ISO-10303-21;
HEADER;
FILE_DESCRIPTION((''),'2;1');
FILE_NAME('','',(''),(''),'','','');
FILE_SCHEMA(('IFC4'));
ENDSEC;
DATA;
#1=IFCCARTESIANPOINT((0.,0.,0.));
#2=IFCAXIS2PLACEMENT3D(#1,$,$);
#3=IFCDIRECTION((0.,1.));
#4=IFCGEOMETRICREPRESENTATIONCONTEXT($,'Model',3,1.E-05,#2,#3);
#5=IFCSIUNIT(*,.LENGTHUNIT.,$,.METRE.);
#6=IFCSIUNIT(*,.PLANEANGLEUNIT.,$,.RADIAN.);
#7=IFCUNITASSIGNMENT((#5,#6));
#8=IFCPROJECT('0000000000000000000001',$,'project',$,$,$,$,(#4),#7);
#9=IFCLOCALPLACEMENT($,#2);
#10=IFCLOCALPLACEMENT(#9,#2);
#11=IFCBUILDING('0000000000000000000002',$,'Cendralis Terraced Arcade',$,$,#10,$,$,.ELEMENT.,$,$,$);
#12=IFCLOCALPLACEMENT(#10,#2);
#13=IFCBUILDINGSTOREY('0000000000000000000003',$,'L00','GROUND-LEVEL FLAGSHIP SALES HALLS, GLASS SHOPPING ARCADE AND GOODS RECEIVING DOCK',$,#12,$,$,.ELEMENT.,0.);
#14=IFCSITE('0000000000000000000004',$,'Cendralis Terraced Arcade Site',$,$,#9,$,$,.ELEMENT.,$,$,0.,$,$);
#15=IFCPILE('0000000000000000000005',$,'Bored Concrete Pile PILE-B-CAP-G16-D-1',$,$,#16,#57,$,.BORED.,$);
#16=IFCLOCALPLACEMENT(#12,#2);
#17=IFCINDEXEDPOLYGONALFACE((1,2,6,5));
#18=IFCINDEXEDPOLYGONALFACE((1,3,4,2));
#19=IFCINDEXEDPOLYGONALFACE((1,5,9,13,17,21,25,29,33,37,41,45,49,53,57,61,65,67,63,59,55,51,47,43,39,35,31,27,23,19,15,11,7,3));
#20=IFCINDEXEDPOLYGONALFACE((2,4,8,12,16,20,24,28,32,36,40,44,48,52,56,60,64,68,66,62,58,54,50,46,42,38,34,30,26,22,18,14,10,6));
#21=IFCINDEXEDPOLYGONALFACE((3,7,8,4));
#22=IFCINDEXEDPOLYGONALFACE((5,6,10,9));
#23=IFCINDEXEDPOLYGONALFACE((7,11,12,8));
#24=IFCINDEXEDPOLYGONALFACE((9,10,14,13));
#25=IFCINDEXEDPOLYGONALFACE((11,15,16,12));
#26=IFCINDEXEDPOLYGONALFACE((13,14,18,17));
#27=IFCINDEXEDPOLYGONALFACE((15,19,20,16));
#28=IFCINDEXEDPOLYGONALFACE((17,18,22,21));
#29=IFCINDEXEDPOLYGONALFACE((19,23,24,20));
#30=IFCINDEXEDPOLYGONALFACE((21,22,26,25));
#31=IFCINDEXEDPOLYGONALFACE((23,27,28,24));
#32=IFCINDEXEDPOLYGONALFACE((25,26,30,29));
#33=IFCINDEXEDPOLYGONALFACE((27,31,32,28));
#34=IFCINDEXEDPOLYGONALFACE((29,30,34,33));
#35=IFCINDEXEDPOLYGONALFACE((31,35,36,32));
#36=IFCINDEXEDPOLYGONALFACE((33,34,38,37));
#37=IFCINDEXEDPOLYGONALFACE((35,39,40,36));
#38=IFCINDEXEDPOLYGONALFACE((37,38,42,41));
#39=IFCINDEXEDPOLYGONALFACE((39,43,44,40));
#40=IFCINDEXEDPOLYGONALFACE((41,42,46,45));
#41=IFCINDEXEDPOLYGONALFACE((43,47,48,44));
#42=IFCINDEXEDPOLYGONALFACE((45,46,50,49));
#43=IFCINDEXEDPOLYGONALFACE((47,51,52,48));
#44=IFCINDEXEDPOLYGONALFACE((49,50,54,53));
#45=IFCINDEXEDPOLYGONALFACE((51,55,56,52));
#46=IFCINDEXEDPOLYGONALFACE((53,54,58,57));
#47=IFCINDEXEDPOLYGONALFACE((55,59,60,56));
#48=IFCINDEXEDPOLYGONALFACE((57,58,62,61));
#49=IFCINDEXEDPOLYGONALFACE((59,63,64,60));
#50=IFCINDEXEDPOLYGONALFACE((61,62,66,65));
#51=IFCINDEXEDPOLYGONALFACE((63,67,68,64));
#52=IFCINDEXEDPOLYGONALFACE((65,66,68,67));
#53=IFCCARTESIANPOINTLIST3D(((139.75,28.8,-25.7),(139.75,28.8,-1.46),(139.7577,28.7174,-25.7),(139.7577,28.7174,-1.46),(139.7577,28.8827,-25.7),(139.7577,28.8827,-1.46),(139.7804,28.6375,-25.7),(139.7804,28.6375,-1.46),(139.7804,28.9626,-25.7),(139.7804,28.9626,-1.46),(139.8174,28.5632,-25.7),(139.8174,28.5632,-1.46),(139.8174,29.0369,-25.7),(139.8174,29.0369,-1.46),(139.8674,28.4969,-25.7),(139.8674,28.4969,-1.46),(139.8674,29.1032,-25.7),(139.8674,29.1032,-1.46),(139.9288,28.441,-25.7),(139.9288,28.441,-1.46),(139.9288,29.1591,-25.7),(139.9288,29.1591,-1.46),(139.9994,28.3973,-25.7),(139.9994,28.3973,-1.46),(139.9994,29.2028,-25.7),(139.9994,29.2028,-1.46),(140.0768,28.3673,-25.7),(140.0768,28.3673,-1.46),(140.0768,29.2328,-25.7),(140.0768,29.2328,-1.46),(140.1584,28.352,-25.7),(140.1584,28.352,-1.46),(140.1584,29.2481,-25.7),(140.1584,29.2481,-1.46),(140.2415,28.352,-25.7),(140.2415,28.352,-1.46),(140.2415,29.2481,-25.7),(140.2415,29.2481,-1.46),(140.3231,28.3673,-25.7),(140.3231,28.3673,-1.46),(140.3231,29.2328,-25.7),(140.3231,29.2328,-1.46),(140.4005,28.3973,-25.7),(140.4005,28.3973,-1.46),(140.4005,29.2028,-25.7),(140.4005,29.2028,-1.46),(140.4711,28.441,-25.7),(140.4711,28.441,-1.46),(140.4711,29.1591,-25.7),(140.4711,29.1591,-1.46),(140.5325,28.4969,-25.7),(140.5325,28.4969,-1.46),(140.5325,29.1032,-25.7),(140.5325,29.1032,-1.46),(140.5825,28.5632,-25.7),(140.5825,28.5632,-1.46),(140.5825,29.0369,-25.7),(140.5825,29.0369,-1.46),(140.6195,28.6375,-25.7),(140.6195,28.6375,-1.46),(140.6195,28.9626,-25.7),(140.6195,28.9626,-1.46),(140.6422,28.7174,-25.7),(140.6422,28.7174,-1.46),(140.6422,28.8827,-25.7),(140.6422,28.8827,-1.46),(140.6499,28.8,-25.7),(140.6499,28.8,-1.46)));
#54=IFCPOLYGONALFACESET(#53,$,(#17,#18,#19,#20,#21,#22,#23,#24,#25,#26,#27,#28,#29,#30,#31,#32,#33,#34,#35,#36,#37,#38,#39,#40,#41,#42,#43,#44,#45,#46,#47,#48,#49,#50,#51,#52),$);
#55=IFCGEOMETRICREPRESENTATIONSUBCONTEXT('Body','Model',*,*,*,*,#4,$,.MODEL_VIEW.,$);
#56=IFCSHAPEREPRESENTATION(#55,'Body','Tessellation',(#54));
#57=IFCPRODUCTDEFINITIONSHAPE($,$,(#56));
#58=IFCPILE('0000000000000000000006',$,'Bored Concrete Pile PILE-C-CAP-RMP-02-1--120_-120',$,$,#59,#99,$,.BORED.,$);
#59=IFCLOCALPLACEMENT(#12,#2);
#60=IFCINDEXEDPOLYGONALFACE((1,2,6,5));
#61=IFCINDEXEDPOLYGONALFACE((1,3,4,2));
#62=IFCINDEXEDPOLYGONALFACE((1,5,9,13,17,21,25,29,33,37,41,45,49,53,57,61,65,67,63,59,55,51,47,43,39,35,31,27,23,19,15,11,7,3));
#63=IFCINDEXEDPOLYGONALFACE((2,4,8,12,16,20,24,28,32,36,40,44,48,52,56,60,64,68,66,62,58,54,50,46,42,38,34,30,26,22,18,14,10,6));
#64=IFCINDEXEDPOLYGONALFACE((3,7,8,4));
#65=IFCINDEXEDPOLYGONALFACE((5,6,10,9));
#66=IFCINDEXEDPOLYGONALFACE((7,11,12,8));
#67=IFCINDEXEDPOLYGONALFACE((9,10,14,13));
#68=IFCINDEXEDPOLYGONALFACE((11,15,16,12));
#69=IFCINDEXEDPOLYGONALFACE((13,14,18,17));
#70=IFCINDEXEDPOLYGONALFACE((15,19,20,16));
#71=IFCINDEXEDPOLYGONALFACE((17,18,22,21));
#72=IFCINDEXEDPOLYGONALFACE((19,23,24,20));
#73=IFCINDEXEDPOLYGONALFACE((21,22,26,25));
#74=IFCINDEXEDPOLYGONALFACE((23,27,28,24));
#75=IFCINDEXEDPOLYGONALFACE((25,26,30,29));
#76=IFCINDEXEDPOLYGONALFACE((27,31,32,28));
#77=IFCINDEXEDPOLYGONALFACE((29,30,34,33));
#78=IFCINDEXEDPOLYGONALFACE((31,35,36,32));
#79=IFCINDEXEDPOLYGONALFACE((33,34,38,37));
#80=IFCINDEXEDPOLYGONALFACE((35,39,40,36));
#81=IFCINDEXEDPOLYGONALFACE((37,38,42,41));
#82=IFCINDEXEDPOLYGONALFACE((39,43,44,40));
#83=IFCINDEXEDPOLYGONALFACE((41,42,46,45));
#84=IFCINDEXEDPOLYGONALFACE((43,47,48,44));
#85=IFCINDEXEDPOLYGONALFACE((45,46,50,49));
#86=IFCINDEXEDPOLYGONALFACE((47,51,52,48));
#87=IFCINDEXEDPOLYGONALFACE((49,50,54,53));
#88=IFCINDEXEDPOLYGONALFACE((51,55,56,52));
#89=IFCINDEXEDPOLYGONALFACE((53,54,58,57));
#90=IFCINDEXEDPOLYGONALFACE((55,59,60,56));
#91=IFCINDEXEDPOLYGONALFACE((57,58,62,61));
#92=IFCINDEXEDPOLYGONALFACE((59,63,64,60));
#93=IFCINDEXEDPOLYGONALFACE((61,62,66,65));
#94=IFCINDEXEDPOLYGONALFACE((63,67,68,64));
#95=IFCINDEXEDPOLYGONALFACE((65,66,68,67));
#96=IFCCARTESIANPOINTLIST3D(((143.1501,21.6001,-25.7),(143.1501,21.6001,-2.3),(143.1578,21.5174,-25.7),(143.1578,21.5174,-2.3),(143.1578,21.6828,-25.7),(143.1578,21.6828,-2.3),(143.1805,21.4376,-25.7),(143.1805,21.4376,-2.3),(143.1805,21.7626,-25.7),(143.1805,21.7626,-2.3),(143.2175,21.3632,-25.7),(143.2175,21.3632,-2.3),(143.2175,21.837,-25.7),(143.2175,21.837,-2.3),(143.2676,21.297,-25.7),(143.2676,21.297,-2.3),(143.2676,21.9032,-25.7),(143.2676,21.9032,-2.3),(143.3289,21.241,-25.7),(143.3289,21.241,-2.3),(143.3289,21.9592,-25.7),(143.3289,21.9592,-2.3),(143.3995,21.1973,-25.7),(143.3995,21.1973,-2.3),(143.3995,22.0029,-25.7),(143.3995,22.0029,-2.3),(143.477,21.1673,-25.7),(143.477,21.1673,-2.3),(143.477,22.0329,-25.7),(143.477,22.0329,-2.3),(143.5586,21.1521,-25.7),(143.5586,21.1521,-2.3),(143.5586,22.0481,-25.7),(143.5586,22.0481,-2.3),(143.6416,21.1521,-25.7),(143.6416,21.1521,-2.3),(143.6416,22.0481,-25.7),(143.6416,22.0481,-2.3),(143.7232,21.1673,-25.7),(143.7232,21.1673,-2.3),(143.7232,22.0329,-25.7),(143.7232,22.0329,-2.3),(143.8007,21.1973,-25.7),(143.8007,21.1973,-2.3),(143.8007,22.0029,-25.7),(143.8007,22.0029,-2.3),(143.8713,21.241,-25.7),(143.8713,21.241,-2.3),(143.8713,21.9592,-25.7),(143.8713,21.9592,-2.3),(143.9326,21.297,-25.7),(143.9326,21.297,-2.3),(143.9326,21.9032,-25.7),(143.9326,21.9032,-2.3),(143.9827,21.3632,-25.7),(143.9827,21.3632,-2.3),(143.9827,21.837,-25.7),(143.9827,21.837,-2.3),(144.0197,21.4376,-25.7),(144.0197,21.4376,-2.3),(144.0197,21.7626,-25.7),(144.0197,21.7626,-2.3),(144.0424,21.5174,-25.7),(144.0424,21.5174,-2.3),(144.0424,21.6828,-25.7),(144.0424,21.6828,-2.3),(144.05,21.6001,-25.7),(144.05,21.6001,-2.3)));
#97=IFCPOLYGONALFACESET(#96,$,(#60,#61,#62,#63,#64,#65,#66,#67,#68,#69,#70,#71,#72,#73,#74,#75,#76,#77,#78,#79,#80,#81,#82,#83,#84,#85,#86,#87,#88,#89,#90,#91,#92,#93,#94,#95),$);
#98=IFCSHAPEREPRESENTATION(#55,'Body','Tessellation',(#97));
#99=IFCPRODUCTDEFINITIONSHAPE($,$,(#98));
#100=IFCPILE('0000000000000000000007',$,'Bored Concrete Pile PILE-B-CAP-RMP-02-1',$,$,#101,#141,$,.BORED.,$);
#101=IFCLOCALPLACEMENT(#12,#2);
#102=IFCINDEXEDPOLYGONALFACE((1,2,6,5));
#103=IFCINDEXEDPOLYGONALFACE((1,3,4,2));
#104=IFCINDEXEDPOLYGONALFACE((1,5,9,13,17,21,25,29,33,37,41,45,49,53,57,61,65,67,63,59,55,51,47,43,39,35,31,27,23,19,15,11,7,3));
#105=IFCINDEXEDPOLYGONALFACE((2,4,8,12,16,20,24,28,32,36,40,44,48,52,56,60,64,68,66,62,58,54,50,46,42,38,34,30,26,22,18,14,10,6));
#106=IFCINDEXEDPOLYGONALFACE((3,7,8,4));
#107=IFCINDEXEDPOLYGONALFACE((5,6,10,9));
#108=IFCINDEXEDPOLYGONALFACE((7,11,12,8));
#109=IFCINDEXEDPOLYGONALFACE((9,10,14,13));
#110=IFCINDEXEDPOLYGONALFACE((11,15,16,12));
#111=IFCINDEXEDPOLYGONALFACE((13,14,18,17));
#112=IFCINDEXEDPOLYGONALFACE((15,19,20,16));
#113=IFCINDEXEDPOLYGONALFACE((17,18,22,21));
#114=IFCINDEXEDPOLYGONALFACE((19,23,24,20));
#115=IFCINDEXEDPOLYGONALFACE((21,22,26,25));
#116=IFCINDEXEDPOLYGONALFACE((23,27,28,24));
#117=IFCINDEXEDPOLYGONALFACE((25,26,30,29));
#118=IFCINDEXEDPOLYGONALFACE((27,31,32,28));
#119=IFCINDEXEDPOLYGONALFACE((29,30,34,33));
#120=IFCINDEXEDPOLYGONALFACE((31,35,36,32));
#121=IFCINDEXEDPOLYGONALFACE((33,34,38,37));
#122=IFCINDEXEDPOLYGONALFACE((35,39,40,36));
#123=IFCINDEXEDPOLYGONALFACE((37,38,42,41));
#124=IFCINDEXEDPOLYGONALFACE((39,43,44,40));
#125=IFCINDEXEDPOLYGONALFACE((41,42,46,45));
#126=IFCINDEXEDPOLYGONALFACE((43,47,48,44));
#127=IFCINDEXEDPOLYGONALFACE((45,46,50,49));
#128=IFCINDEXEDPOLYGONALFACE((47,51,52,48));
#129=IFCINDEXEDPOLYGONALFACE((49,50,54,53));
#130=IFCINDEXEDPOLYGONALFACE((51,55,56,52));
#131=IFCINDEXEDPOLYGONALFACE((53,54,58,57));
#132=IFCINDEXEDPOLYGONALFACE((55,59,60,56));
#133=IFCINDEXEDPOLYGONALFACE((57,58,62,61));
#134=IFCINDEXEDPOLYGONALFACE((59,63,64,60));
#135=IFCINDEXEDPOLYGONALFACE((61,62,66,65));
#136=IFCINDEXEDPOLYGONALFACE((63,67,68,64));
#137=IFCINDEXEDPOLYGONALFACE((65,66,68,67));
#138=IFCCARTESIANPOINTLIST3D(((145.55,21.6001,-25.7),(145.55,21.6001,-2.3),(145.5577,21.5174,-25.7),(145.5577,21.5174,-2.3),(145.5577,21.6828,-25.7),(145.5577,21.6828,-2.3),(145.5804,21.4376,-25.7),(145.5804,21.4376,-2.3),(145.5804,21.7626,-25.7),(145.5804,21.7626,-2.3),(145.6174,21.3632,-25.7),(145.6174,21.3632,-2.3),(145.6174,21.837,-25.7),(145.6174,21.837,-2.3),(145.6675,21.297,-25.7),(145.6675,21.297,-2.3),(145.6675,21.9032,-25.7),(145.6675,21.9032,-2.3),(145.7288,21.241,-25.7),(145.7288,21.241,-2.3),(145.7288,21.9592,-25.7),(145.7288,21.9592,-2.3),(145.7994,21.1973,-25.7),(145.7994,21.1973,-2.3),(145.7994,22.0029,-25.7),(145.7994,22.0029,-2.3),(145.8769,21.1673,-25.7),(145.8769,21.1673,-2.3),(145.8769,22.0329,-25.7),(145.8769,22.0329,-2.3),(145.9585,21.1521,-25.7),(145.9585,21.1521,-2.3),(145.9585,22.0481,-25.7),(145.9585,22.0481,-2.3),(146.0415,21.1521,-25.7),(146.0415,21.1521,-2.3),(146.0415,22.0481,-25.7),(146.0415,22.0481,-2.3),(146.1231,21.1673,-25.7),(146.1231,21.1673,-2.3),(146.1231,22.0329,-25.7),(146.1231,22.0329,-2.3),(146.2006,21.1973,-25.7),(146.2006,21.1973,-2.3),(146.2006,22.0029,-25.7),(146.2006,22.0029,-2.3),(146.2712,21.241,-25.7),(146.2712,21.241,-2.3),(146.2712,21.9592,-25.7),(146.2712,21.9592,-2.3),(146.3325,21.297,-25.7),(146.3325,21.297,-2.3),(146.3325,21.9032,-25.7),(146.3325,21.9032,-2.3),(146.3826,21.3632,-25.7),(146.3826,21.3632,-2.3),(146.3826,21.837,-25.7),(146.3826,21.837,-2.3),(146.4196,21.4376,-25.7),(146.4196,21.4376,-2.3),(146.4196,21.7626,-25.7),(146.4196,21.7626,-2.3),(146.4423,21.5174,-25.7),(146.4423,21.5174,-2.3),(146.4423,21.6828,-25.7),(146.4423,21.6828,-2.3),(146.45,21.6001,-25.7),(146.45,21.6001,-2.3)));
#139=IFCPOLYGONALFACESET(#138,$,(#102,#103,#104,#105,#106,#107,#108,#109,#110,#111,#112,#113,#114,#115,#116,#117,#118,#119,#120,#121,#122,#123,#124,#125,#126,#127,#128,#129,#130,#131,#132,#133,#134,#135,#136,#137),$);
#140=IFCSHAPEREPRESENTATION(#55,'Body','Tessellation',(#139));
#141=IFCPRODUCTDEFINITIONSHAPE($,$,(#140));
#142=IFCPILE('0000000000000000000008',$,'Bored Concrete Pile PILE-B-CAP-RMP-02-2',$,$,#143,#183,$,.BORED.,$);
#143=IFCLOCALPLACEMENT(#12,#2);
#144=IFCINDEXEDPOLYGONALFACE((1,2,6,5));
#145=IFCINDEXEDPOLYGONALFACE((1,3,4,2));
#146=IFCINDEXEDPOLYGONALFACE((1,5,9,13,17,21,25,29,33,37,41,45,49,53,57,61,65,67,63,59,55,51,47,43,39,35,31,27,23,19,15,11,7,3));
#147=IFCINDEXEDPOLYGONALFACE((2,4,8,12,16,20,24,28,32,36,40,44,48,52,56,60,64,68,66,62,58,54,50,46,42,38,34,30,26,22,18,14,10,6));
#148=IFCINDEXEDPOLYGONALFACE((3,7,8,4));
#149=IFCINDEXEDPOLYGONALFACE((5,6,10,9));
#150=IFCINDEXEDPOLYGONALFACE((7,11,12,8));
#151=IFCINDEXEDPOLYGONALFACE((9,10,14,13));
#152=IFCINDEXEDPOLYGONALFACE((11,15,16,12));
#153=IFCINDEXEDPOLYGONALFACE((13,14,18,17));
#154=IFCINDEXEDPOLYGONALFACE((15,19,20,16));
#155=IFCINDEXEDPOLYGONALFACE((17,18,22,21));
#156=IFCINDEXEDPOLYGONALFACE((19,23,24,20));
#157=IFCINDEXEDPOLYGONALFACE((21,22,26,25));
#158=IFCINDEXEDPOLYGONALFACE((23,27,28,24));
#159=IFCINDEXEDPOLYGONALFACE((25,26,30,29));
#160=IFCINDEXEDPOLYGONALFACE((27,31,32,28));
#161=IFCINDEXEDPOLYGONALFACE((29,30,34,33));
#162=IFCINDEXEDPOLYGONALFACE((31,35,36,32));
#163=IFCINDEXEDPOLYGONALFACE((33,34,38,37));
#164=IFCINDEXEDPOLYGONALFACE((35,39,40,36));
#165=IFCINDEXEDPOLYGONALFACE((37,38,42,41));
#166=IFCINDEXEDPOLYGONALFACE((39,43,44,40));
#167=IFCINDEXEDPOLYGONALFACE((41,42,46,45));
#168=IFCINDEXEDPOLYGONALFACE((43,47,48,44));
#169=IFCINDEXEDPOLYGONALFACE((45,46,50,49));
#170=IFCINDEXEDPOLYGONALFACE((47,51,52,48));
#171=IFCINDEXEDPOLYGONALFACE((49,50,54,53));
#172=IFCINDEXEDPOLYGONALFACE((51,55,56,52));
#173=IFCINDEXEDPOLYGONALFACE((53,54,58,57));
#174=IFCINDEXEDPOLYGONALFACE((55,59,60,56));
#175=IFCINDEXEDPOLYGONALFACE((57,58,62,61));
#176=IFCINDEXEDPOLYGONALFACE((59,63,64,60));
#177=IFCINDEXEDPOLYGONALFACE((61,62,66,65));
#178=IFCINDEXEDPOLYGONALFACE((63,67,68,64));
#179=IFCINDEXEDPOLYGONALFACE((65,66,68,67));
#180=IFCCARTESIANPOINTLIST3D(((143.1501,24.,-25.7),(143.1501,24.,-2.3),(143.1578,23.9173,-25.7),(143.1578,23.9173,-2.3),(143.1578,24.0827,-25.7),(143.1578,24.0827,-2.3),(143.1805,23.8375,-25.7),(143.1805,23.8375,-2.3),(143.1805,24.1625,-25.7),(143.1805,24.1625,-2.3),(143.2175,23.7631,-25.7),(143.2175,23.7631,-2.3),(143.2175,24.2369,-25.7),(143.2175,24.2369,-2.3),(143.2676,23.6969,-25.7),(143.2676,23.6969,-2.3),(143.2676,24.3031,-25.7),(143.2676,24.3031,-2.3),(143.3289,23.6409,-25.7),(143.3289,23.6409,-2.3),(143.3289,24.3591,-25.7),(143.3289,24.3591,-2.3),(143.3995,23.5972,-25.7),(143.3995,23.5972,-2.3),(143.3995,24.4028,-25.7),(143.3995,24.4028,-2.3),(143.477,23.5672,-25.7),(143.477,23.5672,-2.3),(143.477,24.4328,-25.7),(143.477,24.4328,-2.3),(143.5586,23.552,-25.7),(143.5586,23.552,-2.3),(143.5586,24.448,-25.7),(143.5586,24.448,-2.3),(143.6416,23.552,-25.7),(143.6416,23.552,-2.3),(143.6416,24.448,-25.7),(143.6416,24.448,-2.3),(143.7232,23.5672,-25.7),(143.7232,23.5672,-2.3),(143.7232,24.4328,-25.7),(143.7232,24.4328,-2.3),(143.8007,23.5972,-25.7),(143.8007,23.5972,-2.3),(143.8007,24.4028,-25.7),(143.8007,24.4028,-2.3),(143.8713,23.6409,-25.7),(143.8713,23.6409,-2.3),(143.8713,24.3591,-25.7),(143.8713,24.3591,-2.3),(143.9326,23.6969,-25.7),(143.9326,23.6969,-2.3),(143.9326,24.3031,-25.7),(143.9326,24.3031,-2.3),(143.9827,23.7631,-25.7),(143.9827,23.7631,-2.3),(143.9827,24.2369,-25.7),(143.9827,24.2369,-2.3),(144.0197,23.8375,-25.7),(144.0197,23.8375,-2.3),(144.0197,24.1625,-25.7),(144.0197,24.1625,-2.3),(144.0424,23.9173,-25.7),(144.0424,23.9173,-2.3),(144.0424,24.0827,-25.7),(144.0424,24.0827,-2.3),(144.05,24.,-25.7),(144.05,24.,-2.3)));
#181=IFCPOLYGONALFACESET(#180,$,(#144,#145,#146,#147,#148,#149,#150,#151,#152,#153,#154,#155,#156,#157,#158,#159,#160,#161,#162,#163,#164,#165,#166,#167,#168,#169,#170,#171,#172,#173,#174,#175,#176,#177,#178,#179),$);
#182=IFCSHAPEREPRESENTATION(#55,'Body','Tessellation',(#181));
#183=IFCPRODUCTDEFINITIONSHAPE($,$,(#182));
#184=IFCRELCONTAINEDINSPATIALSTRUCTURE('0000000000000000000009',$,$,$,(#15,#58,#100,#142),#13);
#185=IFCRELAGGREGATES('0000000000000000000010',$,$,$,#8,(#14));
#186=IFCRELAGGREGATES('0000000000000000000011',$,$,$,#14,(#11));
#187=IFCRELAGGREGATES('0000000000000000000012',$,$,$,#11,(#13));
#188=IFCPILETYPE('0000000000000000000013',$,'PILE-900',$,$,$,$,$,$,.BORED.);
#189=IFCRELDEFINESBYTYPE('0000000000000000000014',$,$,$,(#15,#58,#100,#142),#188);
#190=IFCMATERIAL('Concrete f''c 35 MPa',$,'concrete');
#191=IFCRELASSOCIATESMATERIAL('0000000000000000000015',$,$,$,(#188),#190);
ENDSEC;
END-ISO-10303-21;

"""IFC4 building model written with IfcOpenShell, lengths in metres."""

from ifc_helpers import new_model, si_unit, direction, frame, origin, origin_2d, place, context, subcontext, project, spatial, circle, extrude, material, material_profile, profile_set, type_object, element, save


model = new_model("IFC4")

# Units and contexts
model_context = context("Model", 3, precision=1e-05, world=origin(), true_north=direction((0.0, 1.0)))
body_context = subcontext(model_context, "Body", "Model", "MODEL_VIEW")
ifc_project = project(units=[si_unit("LENGTHUNIT", "METRE"), si_unit("PLANEANGLEUNIT", "RADIAN")], contexts=[model_context])

# Site, building, storey
site_placement = place(None, origin())
site = spatial("IfcSite", under=ifc_project, at=site_placement, Name="Cendralis Terraced Arcade Site", CompositionType="ELEMENT", RefElevation=0.0)
building_placement = place(site_placement, origin())
building = spatial("IfcBuilding", under=site, at=building_placement, Name="Cendralis Terraced Arcade", CompositionType="ELEMENT")
storey_placement = place(building_placement, origin())
storey = spatial("IfcBuildingStorey", under=building, at=storey_placement, Name="L00", Description="GROUND-LEVEL FLAGSHIP SALES HALLS, GLASS SHOPPING ARCADE AND GOODS RECEIVING DOCK", CompositionType="ELEMENT", Elevation=0.0)

# Shared definitions
ifc_material_1 = material(Name="Concrete f'c 35 MPa", Category="concrete")

# Piles
ifc_material_profile_1 = material_profile(ifc_material_1, circle(Radius=0.45, at=origin_2d()), Name="PILE-D900", Category="LoadBearing")
ifc_profile_set_1 = profile_set([ifc_material_profile_1], Name="Concrete f'c 35 MPa")
pile_type_1 = type_object("IfcPileType", Name="PILE-900", PredefinedType="BORED", material=ifc_profile_set_1)
for number, where, z_axis, x_axis, name in (
    (1, (140.2, 28.8, -1.46), (0.0, 0.0, -1.0), (1.0, 0.0, 0.0), "Bored Concrete Pile PILE-B-CAP-G16-D-1"),
):
    element("IfcPile", number, at=place(storey_placement, frame(where, z_axis=z_axis, x_axis=x_axis)), inside=storey, type_object=pile_type_1, Name=name, PredefinedType="BORED", context=body_context, shape_type="SweptSolid", body=[
        extrude(circle(Radius=0.45, at=origin_2d()), origin(), (0.0, 0.0, 1.0), 24.24),
    ])
for number, where, z_axis, x_axis, name in (
    (2, (143.6001, 21.6001, -2.3), (0.0, 0.0, -1.0), (1.0, 0.0, 0.0), "Bored Concrete Pile PILE-C-CAP-RMP-02-1--120_-120"),
    (3, (146.0, 21.6001, -2.3), (0.0, 0.0, -1.0), (1.0, 0.0, 0.0), "Bored Concrete Pile PILE-B-CAP-RMP-02-1"),
    (4, (143.6001, 24.0, -2.3), (0.0, 0.0, -1.0), (1.0, 0.0, 0.0), "Bored Concrete Pile PILE-B-CAP-RMP-02-2"),
):
    element("IfcPile", number, at=place(storey_placement, frame(where, z_axis=z_axis, x_axis=x_axis)), inside=storey, type_object=pile_type_1, Name=name, PredefinedType="BORED", context=body_context, shape_type="SweptSolid", body=[
        extrude(circle(Radius=0.45, at=origin_2d()), origin(), (0.0, 0.0, 1.0), 23.3999),
    ])

save(model, "model.ifc")
